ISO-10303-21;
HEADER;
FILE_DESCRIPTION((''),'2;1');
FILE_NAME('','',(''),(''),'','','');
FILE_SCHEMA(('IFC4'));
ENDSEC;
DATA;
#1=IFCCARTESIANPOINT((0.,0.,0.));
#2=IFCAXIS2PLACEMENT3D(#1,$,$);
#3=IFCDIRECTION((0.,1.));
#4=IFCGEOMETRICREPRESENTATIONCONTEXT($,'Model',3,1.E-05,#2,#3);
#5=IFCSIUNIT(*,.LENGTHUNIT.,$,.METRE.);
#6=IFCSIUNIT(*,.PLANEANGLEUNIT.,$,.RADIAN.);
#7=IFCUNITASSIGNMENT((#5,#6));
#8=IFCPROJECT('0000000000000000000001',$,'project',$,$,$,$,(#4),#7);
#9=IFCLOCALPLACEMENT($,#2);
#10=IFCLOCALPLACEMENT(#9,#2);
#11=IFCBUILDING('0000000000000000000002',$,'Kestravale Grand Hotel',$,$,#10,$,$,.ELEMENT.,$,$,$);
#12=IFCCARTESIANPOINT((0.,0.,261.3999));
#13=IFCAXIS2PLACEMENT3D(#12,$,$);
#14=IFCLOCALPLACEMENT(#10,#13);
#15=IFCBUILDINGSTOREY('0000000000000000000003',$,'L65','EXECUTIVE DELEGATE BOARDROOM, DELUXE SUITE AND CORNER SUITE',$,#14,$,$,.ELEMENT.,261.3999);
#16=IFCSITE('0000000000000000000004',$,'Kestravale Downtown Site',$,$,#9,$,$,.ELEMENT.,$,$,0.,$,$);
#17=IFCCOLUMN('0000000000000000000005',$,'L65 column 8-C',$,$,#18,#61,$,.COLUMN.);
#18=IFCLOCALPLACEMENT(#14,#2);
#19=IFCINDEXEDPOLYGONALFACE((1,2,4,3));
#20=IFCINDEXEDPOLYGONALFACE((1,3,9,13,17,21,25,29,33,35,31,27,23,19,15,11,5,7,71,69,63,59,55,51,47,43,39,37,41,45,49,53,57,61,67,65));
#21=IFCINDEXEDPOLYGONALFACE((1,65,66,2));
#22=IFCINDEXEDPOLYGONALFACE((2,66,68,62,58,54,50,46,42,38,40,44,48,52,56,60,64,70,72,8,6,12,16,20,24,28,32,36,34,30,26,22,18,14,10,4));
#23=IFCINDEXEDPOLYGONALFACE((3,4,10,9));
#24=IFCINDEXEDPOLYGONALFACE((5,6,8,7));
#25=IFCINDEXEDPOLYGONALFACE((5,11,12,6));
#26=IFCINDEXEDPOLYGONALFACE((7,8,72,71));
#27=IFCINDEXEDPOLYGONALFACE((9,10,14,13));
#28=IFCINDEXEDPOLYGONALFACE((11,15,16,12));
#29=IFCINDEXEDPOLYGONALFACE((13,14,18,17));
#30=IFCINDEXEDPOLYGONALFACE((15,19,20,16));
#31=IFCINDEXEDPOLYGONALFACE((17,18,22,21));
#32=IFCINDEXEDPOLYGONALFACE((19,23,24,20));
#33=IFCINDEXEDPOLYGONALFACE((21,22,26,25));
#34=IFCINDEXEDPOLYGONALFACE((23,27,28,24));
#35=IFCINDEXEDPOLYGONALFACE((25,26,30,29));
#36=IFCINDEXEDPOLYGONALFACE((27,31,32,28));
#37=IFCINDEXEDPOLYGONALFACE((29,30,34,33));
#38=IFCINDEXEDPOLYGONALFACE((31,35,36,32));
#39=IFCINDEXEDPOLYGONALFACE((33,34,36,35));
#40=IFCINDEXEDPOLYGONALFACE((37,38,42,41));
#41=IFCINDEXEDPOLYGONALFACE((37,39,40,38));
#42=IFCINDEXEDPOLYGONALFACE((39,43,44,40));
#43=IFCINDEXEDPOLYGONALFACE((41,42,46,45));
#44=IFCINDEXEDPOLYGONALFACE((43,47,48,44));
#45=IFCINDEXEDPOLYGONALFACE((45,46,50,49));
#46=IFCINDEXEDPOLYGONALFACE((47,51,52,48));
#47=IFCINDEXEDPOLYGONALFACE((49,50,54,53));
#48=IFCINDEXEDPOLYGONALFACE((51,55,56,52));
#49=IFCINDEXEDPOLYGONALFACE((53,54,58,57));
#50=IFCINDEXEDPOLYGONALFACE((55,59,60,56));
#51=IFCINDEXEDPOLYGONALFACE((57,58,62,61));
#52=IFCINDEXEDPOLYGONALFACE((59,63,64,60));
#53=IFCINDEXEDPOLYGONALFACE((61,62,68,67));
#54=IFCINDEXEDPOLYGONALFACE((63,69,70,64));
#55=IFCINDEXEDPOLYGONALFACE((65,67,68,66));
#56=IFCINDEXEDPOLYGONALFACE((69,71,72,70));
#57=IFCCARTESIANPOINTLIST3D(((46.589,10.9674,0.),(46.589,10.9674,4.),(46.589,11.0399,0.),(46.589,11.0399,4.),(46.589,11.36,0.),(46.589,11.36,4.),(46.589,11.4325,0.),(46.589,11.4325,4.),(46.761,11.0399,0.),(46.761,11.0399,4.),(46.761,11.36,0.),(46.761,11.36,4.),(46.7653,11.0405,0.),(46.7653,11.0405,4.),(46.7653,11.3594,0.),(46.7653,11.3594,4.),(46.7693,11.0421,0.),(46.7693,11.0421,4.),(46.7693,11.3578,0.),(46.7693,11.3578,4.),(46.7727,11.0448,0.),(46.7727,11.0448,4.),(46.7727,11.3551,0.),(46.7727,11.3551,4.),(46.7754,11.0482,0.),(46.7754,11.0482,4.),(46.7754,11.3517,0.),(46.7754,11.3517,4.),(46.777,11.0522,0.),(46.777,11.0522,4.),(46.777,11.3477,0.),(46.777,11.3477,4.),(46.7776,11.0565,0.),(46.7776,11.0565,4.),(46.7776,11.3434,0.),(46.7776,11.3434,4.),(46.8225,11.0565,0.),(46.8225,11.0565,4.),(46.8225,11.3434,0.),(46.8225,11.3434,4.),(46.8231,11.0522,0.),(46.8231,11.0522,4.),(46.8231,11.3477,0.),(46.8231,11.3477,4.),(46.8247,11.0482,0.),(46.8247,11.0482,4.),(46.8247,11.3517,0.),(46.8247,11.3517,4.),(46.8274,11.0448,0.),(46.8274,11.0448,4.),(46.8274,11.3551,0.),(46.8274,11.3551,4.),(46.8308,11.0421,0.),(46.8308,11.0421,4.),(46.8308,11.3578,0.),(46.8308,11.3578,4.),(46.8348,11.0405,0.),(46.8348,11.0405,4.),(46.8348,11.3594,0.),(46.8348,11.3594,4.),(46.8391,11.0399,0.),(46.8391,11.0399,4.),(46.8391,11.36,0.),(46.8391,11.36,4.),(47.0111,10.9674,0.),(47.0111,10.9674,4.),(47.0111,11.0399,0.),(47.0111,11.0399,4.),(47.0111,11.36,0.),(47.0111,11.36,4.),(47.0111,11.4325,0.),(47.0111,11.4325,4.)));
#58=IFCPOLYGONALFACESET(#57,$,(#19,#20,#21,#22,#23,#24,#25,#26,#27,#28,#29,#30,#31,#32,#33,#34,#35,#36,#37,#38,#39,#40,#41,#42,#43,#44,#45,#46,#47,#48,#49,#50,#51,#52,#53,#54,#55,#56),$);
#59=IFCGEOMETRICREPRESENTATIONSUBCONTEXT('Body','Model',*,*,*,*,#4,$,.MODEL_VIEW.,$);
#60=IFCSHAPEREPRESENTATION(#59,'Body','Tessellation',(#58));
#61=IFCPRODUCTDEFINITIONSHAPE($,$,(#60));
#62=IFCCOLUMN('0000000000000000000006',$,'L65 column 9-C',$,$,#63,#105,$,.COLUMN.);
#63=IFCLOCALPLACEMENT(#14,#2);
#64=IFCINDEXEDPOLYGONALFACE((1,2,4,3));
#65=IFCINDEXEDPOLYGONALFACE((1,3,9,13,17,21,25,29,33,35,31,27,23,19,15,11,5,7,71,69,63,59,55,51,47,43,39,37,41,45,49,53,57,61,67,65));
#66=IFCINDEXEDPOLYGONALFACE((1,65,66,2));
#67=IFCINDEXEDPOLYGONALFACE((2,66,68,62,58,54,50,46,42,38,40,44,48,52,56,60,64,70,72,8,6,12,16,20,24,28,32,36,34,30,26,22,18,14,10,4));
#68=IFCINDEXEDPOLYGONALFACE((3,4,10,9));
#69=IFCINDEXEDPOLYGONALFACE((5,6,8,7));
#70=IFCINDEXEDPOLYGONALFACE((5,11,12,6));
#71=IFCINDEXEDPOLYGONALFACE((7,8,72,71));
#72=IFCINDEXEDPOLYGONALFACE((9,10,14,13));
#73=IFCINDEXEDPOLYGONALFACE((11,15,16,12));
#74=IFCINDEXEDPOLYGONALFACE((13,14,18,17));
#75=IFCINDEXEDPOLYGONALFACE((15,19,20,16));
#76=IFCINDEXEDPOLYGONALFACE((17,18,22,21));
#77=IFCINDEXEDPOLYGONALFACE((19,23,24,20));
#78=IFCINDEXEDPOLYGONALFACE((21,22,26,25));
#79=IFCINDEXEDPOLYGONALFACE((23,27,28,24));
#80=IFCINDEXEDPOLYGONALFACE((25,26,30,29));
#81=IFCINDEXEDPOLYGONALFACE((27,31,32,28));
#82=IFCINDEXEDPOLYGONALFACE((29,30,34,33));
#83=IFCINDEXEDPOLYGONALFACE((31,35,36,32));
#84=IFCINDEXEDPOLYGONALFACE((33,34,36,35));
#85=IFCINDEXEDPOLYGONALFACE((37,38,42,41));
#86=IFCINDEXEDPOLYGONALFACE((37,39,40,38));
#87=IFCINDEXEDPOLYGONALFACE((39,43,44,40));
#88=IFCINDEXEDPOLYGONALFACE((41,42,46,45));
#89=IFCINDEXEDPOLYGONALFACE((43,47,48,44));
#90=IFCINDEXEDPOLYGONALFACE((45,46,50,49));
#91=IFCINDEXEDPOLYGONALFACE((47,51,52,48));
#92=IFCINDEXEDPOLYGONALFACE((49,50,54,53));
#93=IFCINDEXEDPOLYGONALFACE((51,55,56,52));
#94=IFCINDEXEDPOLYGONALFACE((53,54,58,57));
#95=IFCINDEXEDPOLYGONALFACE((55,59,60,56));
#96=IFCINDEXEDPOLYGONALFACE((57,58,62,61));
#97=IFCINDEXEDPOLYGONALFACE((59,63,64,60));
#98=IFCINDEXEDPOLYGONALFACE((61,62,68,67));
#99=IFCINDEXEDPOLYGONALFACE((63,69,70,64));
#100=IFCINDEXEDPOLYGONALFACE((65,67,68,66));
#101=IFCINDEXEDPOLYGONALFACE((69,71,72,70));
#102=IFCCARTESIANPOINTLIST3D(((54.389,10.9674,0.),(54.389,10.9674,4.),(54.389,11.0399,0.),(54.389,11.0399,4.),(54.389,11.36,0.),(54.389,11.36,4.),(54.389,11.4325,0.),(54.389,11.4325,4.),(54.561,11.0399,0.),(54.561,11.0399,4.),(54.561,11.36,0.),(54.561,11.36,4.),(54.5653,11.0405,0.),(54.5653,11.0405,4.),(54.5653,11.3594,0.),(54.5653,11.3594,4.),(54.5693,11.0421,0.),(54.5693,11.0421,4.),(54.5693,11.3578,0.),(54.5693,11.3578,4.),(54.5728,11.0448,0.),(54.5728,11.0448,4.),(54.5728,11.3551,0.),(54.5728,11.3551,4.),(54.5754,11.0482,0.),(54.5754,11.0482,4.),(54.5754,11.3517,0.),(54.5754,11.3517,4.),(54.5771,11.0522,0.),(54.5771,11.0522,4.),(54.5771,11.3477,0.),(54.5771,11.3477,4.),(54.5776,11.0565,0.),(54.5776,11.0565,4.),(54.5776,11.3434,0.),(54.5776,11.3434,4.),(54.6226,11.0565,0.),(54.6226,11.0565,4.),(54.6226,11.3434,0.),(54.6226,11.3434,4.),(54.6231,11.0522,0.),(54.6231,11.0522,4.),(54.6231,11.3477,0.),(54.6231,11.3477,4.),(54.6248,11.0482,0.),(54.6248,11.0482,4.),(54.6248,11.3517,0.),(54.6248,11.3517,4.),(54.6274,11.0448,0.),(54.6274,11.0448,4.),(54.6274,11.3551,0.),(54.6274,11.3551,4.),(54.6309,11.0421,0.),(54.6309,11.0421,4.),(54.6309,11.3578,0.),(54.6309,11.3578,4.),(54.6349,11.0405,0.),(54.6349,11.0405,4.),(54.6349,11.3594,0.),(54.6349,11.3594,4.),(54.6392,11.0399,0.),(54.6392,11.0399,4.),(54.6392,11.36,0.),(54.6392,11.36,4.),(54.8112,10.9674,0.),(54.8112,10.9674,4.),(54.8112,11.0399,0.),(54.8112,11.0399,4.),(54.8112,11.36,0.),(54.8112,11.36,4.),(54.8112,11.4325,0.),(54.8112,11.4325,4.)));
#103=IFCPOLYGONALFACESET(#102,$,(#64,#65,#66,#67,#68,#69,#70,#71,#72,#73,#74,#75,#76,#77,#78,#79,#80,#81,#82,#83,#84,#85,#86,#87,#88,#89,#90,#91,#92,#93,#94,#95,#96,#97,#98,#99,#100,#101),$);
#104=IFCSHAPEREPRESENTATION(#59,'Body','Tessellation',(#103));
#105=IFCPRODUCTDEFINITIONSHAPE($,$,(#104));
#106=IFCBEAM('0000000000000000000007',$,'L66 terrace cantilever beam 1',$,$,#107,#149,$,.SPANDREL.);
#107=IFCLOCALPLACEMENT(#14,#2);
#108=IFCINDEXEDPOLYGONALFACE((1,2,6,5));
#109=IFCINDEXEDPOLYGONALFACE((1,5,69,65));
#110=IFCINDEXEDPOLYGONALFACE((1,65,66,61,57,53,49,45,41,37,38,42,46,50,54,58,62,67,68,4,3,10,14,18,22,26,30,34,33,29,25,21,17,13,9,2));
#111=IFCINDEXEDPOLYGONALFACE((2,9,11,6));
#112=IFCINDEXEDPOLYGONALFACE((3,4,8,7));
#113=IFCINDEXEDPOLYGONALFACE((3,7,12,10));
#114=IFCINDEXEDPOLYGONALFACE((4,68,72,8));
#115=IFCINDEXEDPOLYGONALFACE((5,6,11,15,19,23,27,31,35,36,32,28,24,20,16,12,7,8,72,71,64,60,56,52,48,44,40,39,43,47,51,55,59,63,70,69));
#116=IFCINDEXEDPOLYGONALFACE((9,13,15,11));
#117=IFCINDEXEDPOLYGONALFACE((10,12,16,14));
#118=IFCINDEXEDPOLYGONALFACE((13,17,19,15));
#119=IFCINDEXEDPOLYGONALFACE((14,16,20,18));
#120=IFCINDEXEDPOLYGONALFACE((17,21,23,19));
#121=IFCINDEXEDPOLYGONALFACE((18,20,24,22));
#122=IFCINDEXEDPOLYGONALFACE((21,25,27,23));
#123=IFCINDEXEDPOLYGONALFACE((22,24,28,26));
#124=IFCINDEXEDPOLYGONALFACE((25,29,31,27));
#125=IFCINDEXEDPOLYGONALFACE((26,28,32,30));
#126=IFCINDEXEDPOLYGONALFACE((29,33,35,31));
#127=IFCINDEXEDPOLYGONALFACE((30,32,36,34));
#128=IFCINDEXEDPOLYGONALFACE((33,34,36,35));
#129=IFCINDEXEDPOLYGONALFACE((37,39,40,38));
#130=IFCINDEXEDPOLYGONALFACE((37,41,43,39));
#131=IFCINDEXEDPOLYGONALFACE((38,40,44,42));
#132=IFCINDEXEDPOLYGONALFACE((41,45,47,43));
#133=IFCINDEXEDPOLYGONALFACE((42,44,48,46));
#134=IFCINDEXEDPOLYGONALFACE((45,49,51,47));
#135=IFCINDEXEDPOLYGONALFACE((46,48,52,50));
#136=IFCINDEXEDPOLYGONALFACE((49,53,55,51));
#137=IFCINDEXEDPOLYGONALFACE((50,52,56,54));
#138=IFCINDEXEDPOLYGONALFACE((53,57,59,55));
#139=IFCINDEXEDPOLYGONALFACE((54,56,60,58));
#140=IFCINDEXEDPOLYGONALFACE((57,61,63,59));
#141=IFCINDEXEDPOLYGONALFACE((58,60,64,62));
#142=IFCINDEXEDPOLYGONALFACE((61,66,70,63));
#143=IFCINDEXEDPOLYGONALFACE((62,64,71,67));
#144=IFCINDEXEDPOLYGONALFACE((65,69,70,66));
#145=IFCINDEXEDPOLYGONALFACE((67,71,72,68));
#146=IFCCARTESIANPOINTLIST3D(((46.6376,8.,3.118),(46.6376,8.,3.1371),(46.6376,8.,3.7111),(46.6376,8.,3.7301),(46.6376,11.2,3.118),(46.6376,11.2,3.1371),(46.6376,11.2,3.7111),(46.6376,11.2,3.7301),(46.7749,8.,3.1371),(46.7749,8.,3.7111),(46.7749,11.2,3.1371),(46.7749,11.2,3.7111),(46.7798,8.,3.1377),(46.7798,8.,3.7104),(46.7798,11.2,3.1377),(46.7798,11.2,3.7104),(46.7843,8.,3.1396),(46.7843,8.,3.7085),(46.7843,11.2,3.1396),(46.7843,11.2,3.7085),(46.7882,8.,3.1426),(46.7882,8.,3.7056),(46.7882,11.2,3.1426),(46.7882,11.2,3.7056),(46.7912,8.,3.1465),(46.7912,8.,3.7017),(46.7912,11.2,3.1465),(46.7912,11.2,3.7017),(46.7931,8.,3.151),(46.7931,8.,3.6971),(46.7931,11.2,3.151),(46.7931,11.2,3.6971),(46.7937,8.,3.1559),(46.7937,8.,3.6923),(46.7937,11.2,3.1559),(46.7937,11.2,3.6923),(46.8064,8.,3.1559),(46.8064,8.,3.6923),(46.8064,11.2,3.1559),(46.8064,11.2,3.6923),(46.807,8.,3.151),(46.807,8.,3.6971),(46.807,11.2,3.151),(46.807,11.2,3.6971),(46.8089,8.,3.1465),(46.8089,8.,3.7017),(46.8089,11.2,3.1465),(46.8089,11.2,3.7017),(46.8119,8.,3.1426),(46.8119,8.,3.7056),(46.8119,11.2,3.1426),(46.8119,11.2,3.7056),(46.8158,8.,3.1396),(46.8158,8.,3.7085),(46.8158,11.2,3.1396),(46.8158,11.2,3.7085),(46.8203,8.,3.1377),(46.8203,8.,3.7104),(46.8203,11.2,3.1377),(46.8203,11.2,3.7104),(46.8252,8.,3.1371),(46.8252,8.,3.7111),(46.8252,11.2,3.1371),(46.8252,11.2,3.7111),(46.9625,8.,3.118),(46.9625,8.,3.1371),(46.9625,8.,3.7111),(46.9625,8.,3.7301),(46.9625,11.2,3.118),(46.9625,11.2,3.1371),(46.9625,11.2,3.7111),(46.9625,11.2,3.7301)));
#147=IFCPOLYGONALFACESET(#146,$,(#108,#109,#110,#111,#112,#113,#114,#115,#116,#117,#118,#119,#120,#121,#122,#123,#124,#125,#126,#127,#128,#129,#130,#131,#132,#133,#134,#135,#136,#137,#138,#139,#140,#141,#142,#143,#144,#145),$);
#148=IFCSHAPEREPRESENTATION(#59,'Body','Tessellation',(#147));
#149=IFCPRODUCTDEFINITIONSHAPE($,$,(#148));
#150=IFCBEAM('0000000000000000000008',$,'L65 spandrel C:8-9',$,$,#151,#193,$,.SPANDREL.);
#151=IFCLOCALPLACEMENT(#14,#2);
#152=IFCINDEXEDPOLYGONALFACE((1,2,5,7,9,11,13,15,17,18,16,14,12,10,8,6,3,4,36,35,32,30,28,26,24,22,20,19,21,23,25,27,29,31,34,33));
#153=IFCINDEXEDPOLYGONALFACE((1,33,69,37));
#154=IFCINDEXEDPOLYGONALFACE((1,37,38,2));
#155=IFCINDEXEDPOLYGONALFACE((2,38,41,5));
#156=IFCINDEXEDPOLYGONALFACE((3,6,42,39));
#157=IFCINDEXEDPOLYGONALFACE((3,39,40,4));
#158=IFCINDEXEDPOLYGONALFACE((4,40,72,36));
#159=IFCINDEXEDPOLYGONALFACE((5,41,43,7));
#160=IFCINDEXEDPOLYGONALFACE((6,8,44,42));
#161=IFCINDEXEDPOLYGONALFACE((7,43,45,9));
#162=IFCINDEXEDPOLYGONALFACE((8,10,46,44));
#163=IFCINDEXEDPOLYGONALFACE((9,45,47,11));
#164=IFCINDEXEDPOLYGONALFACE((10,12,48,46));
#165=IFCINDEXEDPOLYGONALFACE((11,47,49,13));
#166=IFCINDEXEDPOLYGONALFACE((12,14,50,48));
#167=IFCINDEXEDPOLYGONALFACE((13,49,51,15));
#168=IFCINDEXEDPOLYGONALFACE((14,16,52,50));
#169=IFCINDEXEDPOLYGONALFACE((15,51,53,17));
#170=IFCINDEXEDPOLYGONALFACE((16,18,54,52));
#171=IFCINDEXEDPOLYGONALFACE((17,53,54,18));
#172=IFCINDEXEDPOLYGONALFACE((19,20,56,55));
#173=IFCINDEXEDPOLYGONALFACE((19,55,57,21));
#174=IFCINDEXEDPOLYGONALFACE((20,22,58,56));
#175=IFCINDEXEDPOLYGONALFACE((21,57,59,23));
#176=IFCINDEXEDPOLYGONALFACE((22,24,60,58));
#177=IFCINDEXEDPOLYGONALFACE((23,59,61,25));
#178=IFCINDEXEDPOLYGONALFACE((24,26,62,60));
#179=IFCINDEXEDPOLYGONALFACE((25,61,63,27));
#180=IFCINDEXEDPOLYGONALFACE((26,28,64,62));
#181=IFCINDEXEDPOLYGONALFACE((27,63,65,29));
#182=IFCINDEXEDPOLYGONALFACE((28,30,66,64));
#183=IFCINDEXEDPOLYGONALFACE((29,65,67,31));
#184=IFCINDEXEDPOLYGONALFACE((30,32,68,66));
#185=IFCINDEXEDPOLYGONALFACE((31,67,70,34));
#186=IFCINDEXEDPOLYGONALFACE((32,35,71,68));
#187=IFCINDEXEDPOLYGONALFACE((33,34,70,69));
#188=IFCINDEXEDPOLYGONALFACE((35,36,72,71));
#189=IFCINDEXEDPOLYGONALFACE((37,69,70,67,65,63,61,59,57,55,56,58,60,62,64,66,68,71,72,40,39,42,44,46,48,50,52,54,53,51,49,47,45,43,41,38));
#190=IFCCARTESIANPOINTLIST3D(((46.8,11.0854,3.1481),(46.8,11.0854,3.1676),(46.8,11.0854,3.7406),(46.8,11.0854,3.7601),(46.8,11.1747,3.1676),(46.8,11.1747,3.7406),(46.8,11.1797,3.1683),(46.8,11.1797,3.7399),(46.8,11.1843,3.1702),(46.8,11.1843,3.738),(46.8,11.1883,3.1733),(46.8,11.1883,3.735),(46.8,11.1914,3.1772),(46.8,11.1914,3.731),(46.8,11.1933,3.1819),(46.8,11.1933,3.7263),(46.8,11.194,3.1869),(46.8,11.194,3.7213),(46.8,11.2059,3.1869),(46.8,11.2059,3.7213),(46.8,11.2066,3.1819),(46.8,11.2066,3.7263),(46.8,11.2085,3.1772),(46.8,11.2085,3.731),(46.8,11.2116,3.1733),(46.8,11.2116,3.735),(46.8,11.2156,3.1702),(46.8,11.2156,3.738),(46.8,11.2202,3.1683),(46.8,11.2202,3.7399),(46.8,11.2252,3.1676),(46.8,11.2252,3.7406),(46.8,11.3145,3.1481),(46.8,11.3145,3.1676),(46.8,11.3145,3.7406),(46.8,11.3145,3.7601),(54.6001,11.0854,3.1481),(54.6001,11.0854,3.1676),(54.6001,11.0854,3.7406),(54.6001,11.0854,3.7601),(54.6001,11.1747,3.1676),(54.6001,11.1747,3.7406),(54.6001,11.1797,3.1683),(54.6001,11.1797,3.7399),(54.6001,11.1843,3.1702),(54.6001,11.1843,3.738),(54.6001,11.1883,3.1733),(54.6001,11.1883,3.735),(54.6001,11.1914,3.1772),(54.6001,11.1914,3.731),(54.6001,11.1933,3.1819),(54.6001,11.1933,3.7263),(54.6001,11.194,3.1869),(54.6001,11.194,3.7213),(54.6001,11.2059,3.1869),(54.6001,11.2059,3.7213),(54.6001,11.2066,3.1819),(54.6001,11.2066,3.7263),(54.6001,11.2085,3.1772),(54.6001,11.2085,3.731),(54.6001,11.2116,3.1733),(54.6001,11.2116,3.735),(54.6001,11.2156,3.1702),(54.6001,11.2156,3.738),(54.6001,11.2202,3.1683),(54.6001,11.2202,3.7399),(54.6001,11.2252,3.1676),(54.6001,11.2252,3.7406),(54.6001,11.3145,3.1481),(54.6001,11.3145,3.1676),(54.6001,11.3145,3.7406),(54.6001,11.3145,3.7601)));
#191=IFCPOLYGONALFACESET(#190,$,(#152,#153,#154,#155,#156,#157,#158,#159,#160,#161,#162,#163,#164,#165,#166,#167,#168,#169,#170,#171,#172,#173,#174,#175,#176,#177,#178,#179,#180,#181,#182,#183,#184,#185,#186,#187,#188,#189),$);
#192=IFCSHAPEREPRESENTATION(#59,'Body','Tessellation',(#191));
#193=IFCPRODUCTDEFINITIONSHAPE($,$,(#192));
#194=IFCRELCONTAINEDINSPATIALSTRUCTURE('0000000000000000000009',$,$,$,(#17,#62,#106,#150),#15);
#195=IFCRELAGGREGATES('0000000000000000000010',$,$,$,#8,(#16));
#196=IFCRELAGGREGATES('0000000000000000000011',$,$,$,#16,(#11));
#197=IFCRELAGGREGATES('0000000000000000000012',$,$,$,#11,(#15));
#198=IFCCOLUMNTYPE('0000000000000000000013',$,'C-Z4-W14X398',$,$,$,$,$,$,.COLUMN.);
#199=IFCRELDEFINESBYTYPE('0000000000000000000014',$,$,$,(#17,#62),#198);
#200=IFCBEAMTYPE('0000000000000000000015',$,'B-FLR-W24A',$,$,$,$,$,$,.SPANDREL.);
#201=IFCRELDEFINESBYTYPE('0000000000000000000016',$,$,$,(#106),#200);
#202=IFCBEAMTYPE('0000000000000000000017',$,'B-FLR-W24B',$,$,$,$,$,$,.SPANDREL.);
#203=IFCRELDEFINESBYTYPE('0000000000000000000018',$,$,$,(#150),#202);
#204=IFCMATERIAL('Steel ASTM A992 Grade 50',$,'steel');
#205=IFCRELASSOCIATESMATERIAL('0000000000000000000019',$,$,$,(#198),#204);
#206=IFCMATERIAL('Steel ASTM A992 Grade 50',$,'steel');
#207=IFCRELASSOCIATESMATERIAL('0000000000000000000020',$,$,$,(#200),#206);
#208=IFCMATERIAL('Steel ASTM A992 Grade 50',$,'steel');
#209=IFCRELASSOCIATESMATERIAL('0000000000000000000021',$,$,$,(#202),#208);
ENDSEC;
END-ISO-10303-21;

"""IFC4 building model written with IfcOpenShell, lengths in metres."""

from ifc_helpers import new_model, si_unit, direction, frame, origin, origin_2d, place, context, subcontext, project, spatial, i_section, extrude, material, material_profile, profile_set, type_object, element, save


model = new_model("IFC4")

# Units and contexts
model_context = context("Model", 3, precision=1e-05, world=origin(), true_north=direction((0.0, 1.0)))
body_context = subcontext(model_context, "Body", "Model", "MODEL_VIEW")
ifc_project = project(units=[si_unit("LENGTHUNIT", "METRE"), si_unit("PLANEANGLEUNIT", "RADIAN")], contexts=[model_context])

# Site, building, storey
site_placement = place(None, origin())
site = spatial("IfcSite", under=ifc_project, at=site_placement, Name="Kestravale Downtown Site", CompositionType="ELEMENT", RefElevation=0.0)
building_placement = place(site_placement, origin())
building = spatial("IfcBuilding", under=site, at=building_placement, Name="Kestravale Grand Hotel", CompositionType="ELEMENT")
storey_placement = place(building_placement, frame((0.0, 0.0, 261.3999)))
storey = spatial("IfcBuildingStorey", under=building, at=storey_placement, Name="L65", Description="EXECUTIVE DELEGATE BOARDROOM, DELUXE SUITE AND CORNER SUITE", CompositionType="ELEMENT", Elevation=261.3999)

# Columns
ifc_material_1 = material(Name="Steel ASTM A992 Grade 50", Category="steel")
ifc_material_profile_1 = material_profile(ifc_material_1, i_section(OverallWidth=0.4221, OverallDepth=0.4651, WebThickness=0.0449, FlangeThickness=0.0725, FilletRadius=0.0166, at=origin_2d()))
ifc_profile_set_1 = profile_set([ifc_material_profile_1], Name="Steel ASTM A992 Grade 50")
column_type = type_object("IfcColumnType", Name="C-Z4-W14X398", PredefinedType="COLUMN", material=ifc_profile_set_1)
for number, where, z_axis, x_axis, name in (
    (1, (46.8, 11.2, 0.0), (0.0, 0.0, 1.0), (1.0, 0.0, 0.0), "L65 column 8-C"),
    (2, (54.6001, 11.2, 0.0), (0.0, 0.0, 1.0), (1.0, 0.0, 0.0), "L65 column 9-C"),
):
    element("IfcColumn", number, at=place(storey_placement, frame(where, z_axis=z_axis, x_axis=x_axis)), inside=storey, type_object=column_type, Name=name, PredefinedType="COLUMN", context=body_context, shape_type="SweptSolid", body=[
        extrude(i_section(OverallWidth=0.4221, OverallDepth=0.4651, WebThickness=0.0449, FlangeThickness=0.0725, FilletRadius=0.0166, at=origin_2d()), origin(), (0.0, 0.0, 1.0), 4.0),
    ])

# Beams
ifc_material_2 = material(Name="Steel ASTM A992 Grade 50", Category="steel")
ifc_material_profile_2 = material_profile(ifc_material_2, i_section(OverallWidth=0.325, OverallDepth=0.6121, WebThickness=0.0127, FlangeThickness=0.019, FilletRadius=0.0188, at=origin_2d()))
ifc_profile_set_2 = profile_set([ifc_material_profile_2], Name="Steel ASTM A992 Grade 50")
beam_type_1 = type_object("IfcBeamType", Name="B-FLR-W24A", PredefinedType="SPANDREL", material=ifc_profile_set_2)
beam_1_placement = place(storey_placement, frame((46.8, 11.2, 3.4241), z_axis=(0.0, -1.0, 0.0), x_axis=(1.0, 0.0, 0.0)))
element("IfcBeam", 3, at=beam_1_placement, inside=storey, type_object=beam_type_1, Name="L66 terrace cantilever beam 1", PredefinedType="SPANDREL", context=body_context, shape_type="SweptSolid", body=[
    extrude(i_section(OverallWidth=0.325, OverallDepth=0.6121, WebThickness=0.0127, FlangeThickness=0.019, FilletRadius=0.0188, at=origin_2d()), origin(), (0.0, 0.0, 1.0), 3.2),
])
ifc_material_3 = material(Name="Steel ASTM A992 Grade 50", Category="steel")
ifc_material_profile_3 = material_profile(ifc_material_3, i_section(OverallWidth=0.229, OverallDepth=0.6121, WebThickness=0.012, FlangeThickness=0.0195, FilletRadius=0.0193, at=origin_2d()))
ifc_profile_set_3 = profile_set([ifc_material_profile_3], Name="Steel ASTM A992 Grade 50")
beam_type_2 = type_object("IfcBeamType", Name="B-FLR-W24B", PredefinedType="SPANDREL", material=ifc_profile_set_3)
beam_2_placement = place(storey_placement, frame((46.8, 11.2, 3.4541), z_axis=(1.0, 0.0, 0.0), x_axis=(0.0, 1.0, 0.0)))
element("IfcBeam", 4, at=beam_2_placement, inside=storey, type_object=beam_type_2, Name="L65 spandrel C:8-9", PredefinedType="SPANDREL", context=body_context, shape_type="SweptSolid", body=[
    extrude(i_section(OverallWidth=0.229, OverallDepth=0.6121, WebThickness=0.012, FlangeThickness=0.0195, FilletRadius=0.0193, at=origin_2d()), origin(), (0.0, 0.0, 1.0), 7.8),
])

save(model, "model.ifc")
